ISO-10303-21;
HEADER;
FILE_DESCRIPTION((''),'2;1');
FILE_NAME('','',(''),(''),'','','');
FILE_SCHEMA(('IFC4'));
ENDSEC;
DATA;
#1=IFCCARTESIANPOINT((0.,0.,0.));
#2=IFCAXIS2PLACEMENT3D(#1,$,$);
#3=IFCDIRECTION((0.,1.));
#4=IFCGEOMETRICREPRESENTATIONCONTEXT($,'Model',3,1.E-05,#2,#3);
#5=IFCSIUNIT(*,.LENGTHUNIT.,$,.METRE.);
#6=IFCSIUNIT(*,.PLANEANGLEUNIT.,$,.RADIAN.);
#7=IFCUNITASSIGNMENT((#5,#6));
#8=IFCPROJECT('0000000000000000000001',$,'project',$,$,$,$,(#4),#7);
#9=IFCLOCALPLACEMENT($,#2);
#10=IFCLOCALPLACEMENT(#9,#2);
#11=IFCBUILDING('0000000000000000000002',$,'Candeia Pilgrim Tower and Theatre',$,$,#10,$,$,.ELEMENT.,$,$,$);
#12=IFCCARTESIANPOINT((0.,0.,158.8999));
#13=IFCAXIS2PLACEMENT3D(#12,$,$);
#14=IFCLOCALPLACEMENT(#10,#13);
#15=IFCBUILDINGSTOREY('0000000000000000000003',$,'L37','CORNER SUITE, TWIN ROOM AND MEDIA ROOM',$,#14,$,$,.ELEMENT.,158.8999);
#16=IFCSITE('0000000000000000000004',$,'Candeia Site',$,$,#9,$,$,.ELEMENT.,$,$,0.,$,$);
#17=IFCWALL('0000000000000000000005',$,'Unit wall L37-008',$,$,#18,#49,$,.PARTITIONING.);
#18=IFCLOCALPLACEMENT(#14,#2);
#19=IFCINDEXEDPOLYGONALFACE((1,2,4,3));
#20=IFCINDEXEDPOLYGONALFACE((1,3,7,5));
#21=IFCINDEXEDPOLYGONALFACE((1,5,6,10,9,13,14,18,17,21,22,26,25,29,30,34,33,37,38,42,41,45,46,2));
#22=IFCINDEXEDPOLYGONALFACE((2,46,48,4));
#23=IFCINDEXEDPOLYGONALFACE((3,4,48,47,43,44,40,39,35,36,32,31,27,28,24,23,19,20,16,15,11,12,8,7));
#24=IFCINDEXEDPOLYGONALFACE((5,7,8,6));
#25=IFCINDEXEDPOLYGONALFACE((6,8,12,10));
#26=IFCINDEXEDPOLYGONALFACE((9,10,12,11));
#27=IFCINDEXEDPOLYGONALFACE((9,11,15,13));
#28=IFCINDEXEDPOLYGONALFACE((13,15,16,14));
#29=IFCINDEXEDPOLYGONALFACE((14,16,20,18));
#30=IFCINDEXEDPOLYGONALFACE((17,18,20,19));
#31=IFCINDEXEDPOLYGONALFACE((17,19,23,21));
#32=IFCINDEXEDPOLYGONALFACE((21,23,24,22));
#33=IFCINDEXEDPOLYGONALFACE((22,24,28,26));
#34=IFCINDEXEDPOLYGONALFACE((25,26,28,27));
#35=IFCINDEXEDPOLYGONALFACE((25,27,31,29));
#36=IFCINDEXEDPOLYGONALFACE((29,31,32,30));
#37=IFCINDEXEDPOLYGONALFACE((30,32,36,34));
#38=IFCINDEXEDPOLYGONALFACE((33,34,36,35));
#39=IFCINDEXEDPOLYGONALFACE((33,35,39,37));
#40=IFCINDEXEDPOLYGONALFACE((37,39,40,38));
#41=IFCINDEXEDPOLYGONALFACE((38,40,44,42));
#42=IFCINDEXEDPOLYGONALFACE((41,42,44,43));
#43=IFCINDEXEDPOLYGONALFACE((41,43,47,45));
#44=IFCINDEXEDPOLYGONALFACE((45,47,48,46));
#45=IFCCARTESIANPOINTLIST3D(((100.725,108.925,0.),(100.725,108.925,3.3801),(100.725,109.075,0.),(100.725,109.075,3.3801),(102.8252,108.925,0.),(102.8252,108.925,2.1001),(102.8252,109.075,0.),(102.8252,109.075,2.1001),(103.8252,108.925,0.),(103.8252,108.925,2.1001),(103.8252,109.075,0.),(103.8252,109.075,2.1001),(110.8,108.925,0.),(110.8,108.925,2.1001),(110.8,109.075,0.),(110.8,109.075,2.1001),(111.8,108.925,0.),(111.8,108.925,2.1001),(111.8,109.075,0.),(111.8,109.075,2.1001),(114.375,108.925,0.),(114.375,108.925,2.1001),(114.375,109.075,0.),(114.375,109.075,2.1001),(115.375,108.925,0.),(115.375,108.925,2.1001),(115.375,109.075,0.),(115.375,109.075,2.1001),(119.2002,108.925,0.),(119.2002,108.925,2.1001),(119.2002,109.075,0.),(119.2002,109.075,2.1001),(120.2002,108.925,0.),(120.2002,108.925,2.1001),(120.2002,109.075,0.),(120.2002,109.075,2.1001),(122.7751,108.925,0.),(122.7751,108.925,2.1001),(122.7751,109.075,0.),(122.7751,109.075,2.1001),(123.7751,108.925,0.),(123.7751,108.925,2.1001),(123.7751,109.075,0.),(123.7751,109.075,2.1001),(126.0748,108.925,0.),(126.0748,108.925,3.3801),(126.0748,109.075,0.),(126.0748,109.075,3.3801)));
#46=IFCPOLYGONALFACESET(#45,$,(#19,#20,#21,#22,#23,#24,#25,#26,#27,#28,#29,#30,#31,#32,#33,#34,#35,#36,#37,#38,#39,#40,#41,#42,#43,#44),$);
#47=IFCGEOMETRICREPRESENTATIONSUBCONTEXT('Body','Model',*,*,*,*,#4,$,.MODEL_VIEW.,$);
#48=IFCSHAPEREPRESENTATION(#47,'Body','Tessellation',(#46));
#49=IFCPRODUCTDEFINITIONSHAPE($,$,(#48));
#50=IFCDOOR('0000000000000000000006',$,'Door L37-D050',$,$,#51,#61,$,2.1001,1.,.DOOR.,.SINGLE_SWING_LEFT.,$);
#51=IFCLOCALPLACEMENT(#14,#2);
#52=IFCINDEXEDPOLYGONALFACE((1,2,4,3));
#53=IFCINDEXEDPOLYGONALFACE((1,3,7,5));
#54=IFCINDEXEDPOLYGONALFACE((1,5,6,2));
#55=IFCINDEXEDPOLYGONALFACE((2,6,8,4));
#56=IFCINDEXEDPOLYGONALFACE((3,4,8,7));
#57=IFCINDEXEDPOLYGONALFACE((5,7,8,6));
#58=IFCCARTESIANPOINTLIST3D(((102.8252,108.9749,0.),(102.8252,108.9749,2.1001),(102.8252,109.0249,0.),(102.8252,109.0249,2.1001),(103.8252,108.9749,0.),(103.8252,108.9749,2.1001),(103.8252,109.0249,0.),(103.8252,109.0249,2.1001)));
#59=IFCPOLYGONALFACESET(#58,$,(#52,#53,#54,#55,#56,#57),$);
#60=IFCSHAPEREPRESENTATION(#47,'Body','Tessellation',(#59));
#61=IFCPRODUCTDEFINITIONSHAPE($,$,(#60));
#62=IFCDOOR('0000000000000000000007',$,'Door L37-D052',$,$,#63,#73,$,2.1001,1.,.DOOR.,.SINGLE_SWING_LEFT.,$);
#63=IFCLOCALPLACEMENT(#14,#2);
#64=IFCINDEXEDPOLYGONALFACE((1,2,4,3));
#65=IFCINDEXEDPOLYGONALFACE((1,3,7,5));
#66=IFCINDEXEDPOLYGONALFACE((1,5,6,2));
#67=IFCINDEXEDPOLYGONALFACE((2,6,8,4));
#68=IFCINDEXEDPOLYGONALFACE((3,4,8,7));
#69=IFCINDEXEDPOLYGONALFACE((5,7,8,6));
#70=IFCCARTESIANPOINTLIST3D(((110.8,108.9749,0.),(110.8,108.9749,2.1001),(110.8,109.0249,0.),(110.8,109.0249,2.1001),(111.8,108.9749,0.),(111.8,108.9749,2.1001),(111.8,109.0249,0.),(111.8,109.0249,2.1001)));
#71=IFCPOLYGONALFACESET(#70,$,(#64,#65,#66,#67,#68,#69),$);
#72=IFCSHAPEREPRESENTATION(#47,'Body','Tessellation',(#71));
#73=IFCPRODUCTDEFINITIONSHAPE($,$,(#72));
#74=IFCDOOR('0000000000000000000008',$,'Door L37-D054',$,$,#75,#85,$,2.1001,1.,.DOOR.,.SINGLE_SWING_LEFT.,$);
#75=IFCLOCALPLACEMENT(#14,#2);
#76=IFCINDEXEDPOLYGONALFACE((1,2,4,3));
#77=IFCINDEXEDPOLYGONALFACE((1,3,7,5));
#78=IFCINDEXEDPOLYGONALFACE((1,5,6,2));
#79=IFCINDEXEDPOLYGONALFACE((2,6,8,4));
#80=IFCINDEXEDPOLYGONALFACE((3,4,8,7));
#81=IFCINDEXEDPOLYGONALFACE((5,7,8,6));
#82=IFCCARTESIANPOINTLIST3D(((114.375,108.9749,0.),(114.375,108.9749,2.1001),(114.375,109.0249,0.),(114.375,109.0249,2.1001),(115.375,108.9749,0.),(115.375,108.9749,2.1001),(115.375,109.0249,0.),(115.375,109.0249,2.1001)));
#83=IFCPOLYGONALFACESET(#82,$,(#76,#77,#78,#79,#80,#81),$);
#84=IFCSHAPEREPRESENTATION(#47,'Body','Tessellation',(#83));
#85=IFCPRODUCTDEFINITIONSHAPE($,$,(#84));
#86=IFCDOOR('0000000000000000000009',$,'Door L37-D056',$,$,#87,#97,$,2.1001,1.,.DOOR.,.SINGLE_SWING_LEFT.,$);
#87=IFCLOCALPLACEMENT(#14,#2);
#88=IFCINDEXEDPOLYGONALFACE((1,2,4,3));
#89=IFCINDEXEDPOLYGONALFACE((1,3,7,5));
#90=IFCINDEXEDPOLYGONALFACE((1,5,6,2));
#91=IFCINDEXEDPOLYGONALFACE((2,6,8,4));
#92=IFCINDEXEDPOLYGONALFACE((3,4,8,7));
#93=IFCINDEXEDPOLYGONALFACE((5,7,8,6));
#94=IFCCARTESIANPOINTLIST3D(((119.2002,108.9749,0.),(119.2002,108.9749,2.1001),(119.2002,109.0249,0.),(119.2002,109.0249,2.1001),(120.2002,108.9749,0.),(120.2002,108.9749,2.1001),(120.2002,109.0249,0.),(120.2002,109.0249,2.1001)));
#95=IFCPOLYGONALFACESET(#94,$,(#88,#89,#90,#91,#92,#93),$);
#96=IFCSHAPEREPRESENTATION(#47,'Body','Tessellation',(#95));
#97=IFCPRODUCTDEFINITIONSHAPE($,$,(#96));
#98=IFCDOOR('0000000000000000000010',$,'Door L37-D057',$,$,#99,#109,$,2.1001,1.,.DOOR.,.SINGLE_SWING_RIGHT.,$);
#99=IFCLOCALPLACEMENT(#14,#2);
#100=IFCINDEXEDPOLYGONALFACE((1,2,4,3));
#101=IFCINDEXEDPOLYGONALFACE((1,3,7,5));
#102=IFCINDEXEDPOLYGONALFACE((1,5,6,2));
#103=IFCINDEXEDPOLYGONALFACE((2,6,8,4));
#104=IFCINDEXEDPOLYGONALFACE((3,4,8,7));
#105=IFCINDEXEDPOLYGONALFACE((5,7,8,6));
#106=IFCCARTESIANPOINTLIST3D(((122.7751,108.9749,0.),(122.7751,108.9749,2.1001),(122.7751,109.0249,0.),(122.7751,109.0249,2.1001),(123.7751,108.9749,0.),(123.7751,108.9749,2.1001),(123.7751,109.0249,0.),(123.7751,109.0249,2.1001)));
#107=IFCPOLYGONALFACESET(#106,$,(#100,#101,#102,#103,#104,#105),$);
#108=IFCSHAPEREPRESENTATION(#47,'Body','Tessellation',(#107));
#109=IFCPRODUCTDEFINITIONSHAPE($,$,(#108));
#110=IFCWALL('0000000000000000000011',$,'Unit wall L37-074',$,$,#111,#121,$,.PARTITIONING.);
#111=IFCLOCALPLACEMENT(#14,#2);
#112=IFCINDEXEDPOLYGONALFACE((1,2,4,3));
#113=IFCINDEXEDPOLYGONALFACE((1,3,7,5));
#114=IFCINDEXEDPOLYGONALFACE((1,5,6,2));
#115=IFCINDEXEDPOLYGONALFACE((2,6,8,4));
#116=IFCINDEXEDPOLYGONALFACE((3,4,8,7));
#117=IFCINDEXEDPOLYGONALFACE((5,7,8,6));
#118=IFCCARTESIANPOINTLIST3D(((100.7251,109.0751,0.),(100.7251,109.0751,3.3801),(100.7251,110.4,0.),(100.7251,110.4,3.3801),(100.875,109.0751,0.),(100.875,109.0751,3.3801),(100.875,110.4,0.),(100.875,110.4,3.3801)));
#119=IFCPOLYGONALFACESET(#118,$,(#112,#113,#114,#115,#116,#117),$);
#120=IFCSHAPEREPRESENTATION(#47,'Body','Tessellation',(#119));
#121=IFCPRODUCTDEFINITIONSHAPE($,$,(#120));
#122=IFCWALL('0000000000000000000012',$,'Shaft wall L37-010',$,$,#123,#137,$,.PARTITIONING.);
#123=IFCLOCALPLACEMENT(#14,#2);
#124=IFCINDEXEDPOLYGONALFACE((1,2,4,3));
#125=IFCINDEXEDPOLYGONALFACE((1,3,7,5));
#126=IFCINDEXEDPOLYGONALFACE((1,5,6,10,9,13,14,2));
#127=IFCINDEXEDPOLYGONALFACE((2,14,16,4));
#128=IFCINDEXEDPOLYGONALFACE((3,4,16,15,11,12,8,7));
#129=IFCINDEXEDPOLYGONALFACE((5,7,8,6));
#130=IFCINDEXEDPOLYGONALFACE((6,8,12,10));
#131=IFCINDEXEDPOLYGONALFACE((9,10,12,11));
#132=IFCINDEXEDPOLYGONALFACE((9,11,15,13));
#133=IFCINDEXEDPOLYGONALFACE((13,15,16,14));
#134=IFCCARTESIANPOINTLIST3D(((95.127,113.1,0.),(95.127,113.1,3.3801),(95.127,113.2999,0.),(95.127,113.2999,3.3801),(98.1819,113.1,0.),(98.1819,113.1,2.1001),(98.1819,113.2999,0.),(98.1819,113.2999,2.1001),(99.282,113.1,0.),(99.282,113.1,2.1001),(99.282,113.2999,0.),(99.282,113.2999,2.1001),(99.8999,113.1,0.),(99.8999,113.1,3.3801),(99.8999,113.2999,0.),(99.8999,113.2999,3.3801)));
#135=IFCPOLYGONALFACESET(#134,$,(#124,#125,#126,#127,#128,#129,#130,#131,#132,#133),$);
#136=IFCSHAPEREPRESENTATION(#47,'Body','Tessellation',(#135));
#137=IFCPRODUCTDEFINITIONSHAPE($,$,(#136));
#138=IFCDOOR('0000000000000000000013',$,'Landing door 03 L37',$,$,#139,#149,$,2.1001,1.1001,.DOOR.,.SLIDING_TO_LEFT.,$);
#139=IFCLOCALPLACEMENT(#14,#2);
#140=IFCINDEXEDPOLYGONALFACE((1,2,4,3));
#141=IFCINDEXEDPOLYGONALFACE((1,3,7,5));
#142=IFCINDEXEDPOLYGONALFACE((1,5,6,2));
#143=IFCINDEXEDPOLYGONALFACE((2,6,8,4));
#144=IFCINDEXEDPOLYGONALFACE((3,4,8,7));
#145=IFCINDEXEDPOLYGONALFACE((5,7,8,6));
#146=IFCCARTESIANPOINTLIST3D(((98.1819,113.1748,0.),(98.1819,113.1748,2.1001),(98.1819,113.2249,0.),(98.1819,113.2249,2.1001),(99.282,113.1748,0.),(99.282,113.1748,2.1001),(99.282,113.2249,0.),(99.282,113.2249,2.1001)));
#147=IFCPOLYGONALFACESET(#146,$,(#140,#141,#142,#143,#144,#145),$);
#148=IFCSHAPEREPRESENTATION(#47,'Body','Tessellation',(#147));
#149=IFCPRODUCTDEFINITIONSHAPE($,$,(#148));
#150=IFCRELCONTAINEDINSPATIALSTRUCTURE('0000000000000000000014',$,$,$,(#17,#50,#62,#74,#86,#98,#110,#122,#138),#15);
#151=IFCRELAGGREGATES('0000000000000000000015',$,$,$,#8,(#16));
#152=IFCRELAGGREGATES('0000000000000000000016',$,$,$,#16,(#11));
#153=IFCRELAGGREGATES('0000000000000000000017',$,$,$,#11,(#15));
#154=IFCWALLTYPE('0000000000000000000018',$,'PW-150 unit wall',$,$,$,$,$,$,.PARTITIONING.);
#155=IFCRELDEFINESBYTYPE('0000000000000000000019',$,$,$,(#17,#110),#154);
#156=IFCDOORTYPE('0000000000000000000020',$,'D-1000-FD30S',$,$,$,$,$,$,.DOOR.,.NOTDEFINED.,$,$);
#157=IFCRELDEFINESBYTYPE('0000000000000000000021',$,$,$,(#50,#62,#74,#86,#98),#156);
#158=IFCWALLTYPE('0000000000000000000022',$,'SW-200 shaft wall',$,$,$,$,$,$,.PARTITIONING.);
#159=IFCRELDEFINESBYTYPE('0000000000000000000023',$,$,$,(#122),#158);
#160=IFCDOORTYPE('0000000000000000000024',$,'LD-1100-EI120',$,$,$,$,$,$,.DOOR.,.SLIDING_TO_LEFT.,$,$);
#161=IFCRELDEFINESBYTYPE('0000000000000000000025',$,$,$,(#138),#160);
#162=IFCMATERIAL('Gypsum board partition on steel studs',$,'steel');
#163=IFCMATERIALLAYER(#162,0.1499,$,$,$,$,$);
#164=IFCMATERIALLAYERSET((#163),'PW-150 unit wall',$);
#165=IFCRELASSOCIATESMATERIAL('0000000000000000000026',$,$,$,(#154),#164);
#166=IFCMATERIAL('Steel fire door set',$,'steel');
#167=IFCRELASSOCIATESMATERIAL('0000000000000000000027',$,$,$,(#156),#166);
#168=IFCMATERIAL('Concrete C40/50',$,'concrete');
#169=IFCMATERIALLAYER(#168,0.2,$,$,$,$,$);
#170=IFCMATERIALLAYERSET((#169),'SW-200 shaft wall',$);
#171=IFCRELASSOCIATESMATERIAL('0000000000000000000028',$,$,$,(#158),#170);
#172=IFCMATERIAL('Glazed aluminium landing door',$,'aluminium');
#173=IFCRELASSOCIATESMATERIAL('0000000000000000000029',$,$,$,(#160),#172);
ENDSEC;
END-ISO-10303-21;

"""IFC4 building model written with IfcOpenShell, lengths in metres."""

from ifc_helpers import new_model, si_unit, direction, frame, frame_2d, origin, place, context, subcontext, project, spatial, rectangle, extrude, material, layer, layer_set, type_object, element, fill, save


model = new_model("IFC4")

# Units and contexts
model_context = context("Model", 3, precision=1e-05, world=origin(), true_north=direction((0.0, 1.0)))
body_context = subcontext(model_context, "Body", "Model", "MODEL_VIEW")
ifc_project = project(units=[si_unit("LENGTHUNIT", "METRE"), si_unit("PLANEANGLEUNIT", "RADIAN")], contexts=[model_context])

# Site, building, storey
site_placement = place(None, origin())
site = spatial("IfcSite", under=ifc_project, at=site_placement, Name="Candeia Site", CompositionType="ELEMENT", RefElevation=0.0)
building_placement = place(site_placement, origin())
building = spatial("IfcBuilding", under=site, at=building_placement, Name="Candeia Pilgrim Tower and Theatre", CompositionType="ELEMENT")
storey_placement = place(building_placement, frame((0.0, 0.0, 158.8999)))
storey = spatial("IfcBuildingStorey", under=building, at=storey_placement, Name="L37", Description="CORNER SUITE, TWIN ROOM AND MEDIA ROOM", CompositionType="ELEMENT", Elevation=158.8999)

# Shared definitions
ifc_material_1 = material(Name="Steel fire door set", Category="steel")
ifc_material_2 = material(Name="Gypsum board partition on steel studs", Category="steel")

# Wall, openings, doors
ifc_layer_1 = layer(ifc_material_2, 0.1499)
ifc_layer_set_1 = layer_set([ifc_layer_1], Name="PW-150 unit wall")
wall_type_1 = type_object("IfcWallType", Name="PW-150 unit wall", PredefinedType="PARTITIONING", material=ifc_layer_set_1)
wall_1_placement = place(storey_placement, frame((100.7251, 109.0, 0.0), z_axis=(0.0, 0.0, 1.0), x_axis=(1.0, 0.0, 0.0)))
wall_1 = element("IfcWall", 1, at=wall_1_placement, inside=storey, type_object=wall_type_1, Name="Unit wall L37-008", PredefinedType="PARTITIONING", context=body_context, shape_type="SweptSolid", body=[
    extrude(rectangle(XDim=25.3499, YDim=0.1499, at=frame_2d((12.6748, 0.0))), origin(), (0.0, 0.0, 1.0), 3.3801),
])
opening_1_placement = place(wall_1_placement, frame((2.1001, 0.0, 0.0)))
opening_1 = element("IfcOpeningElement", 2, at=opening_1_placement, cuts=wall_1, PredefinedType="OPENING", context=body_context, shape_type="SweptSolid", body=[
    extrude(rectangle(XDim=1.0, YDim=2.1001, at=frame_2d((0.5, 1.05))), frame((0.0, 0.085, 0.0), z_axis=(0.0, -1.0, 0.0), x_axis=(1.0, 0.0, 0.0)), (0.0, 0.0, 1.0), 0.1699),
])
opening_2_placement = place(wall_1_placement, frame((10.075, 0.0, 0.0)))
opening_2 = element("IfcOpeningElement", 3, at=opening_2_placement, cuts=wall_1, PredefinedType="OPENING", context=body_context, shape_type="SweptSolid", body=[
    extrude(rectangle(XDim=1.0, YDim=2.1001, at=frame_2d((0.5, 1.05))), frame((0.0, 0.085, 0.0), z_axis=(0.0, -1.0, 0.0), x_axis=(1.0, 0.0, 0.0)), (0.0, 0.0, 1.0), 0.1699),
])
opening_3_placement = place(wall_1_placement, frame((13.6499, 0.0, 0.0)))
opening_3 = element("IfcOpeningElement", 4, at=opening_3_placement, cuts=wall_1, PredefinedType="OPENING", context=body_context, shape_type="SweptSolid", body=[
    extrude(rectangle(XDim=1.0, YDim=2.1001, at=frame_2d((0.5, 1.05))), frame((0.0, 0.085, 0.0), z_axis=(0.0, -1.0, 0.0), x_axis=(1.0, 0.0, 0.0)), (0.0, 0.0, 1.0), 0.1699),
])
opening_4_placement = place(wall_1_placement, frame((18.4751, 0.0, 0.0)))
opening_4 = element("IfcOpeningElement", 5, at=opening_4_placement, cuts=wall_1, PredefinedType="OPENING", context=body_context, shape_type="SweptSolid", body=[
    extrude(rectangle(XDim=1.0, YDim=2.1001, at=frame_2d((0.5, 1.05))), frame((0.0, 0.085, 0.0), z_axis=(0.0, -1.0, 0.0), x_axis=(1.0, 0.0, 0.0)), (0.0, 0.0, 1.0), 0.1699),
])
opening_5_placement = place(wall_1_placement, frame((22.05, 0.0, 0.0)))
opening_5 = element("IfcOpeningElement", 6, at=opening_5_placement, cuts=wall_1, PredefinedType="OPENING", context=body_context, shape_type="SweptSolid", body=[
    extrude(rectangle(XDim=1.0, YDim=2.1001, at=frame_2d((0.5, 1.05))), frame((0.0, 0.085, 0.0), z_axis=(0.0, -1.0, 0.0), x_axis=(1.0, 0.0, 0.0)), (0.0, 0.0, 1.0), 0.1699),
])
door_type_1 = type_object("IfcDoorType", Name="D-1000-FD30S", OperationType="NOTDEFINED", PredefinedType="DOOR", material=ifc_material_1)
door_1_placement = place(opening_1_placement, origin())
door_1 = element("IfcDoor", 7, at=door_1_placement, inside=storey, type_object=door_type_1, Name="Door L37-D050", OperationType="SINGLE_SWING_LEFT", OverallHeight=2.1001, OverallWidth=1.0, PredefinedType="DOOR", context=body_context, shape_type="SweptSolid", body=[
    extrude(rectangle(XDim=1.0, YDim=2.1001, at=frame_2d((0.5, 1.05))), frame((0.0, 0.0249, 0.0), z_axis=(0.0, -1.0, 0.0), x_axis=(1.0, 0.0, 0.0)), (0.0, 0.0, 1.0), 0.05),
])
fill(opening_1, door_1)
door_2_placement = place(opening_2_placement, origin())
door_2 = element("IfcDoor", 8, at=door_2_placement, inside=storey, type_object=door_type_1, Name="Door L37-D052", OperationType="SINGLE_SWING_LEFT", OverallHeight=2.1001, OverallWidth=1.0, PredefinedType="DOOR", context=body_context, shape_type="SweptSolid", body=[
    extrude(rectangle(XDim=1.0, YDim=2.1001, at=frame_2d((0.5, 1.05))), frame((0.0, 0.0249, 0.0), z_axis=(0.0, -1.0, 0.0), x_axis=(1.0, 0.0, 0.0)), (0.0, 0.0, 1.0), 0.05),
])
fill(opening_2, door_2)
door_3_placement = place(opening_3_placement, origin())
door_3 = element("IfcDoor", 9, at=door_3_placement, inside=storey, type_object=door_type_1, Name="Door L37-D054", OperationType="SINGLE_SWING_LEFT", OverallHeight=2.1001, OverallWidth=1.0, PredefinedType="DOOR", context=body_context, shape_type="SweptSolid", body=[
    extrude(rectangle(XDim=1.0, YDim=2.1001, at=frame_2d((0.5, 1.05))), frame((0.0, 0.0249, 0.0), z_axis=(0.0, -1.0, 0.0), x_axis=(1.0, 0.0, 0.0)), (0.0, 0.0, 1.0), 0.05),
])
fill(opening_3, door_3)
door_4_placement = place(opening_4_placement, origin())
door_4 = element("IfcDoor", 10, at=door_4_placement, inside=storey, type_object=door_type_1, Name="Door L37-D056", OperationType="SINGLE_SWING_LEFT", OverallHeight=2.1001, OverallWidth=1.0, PredefinedType="DOOR", context=body_context, shape_type="SweptSolid", body=[
    extrude(rectangle(XDim=1.0, YDim=2.1001, at=frame_2d((0.5, 1.05))), frame((0.0, 0.0249, 0.0), z_axis=(0.0, -1.0, 0.0), x_axis=(1.0, 0.0, 0.0)), (0.0, 0.0, 1.0), 0.05),
])
fill(opening_4, door_4)
door_5_placement = place(opening_5_placement, origin())
door_5 = element("IfcDoor", 11, at=door_5_placement, inside=storey, type_object=door_type_1, Name="Door L37-D057", OperationType="SINGLE_SWING_RIGHT", OverallHeight=2.1001, OverallWidth=1.0, PredefinedType="DOOR", context=body_context, shape_type="SweptSolid", body=[
    extrude(rectangle(XDim=1.0, YDim=2.1001, at=frame_2d((0.5, 1.05))), frame((0.0, 0.0249, 0.0), z_axis=(0.0, -1.0, 0.0), x_axis=(1.0, 0.0, 0.0)), (0.0, 0.0, 1.0), 0.05),
])
fill(opening_5, door_5)

# Wall
wall_2_placement = place(storey_placement, frame((100.8, 109.075, 0.0), z_axis=(0.0, 0.0, 1.0), x_axis=(0.0, 1.0, 0.0)))
element("IfcWall", 12, at=wall_2_placement, inside=storey, type_object=wall_type_1, Name="Unit wall L37-074", PredefinedType="PARTITIONING", context=body_context, shape_type="SweptSolid", body=[
    extrude(rectangle(XDim=1.325, YDim=0.1499, at=frame_2d((0.6626, 0.0))), origin(), (0.0, 0.0, 1.0), 3.3801),
])

# Wall, opening, door
ifc_material_3 = material(Name="Concrete C40/50", Category="concrete")
ifc_layer_2 = layer(ifc_material_3, 0.2)
ifc_layer_set_2 = layer_set([ifc_layer_2], Name="SW-200 shaft wall")
wall_type_2 = type_object("IfcWallType", Name="SW-200 shaft wall", PredefinedType="PARTITIONING", material=ifc_layer_set_2)
wall_3_placement = place(storey_placement, frame((95.127, 113.2, 0.0), z_axis=(0.0, 0.0, 1.0), x_axis=(1.0, 0.0, 0.0)))
wall_3 = element("IfcWall", 13, at=wall_3_placement, inside=storey, type_object=wall_type_2, Name="Shaft wall L37-010", PredefinedType="PARTITIONING", context=body_context, shape_type="SweptSolid", body=[
    extrude(rectangle(XDim=4.7729, YDim=0.2, at=frame_2d((2.3865, 0.0))), origin(), (0.0, 0.0, 1.0), 3.3801),
])
opening_6_placement = place(wall_3_placement, frame((3.0549, 0.0, 0.0)))
opening_6 = element("IfcOpeningElement", 14, at=opening_6_placement, cuts=wall_3, PredefinedType="OPENING", context=body_context, shape_type="SweptSolid", body=[
    extrude(rectangle(XDim=1.1001, YDim=2.1001, at=frame_2d((0.55, 1.05))), frame((0.0, 0.1099, 0.0), z_axis=(0.0, -1.0, 0.0), x_axis=(1.0, 0.0, 0.0)), (0.0, 0.0, 1.0), 0.22),
])
ifc_material_4 = material(Name="Glazed aluminium landing door", Category="aluminium")
door_type_2 = type_object("IfcDoorType", Name="LD-1100-EI120", OperationType="SLIDING_TO_LEFT", PredefinedType="DOOR", material=ifc_material_4)
door_6_placement = place(opening_6_placement, origin())
door_6 = element("IfcDoor", 15, at=door_6_placement, inside=storey, type_object=door_type_2, Name="Landing door 03 L37", OperationType="SLIDING_TO_LEFT", OverallHeight=2.1001, OverallWidth=1.1001, PredefinedType="DOOR", context=body_context, shape_type="SweptSolid", body=[
    extrude(rectangle(XDim=1.1001, YDim=2.1001, at=frame_2d((0.55, 1.05))), frame((0.0, 0.0249, 0.0), z_axis=(0.0, -1.0, 0.0), x_axis=(1.0, 0.0, 0.0)), (0.0, 0.0, 1.0), 0.05),
])
fill(opening_6, door_6)

save(model, "model.ifc")
